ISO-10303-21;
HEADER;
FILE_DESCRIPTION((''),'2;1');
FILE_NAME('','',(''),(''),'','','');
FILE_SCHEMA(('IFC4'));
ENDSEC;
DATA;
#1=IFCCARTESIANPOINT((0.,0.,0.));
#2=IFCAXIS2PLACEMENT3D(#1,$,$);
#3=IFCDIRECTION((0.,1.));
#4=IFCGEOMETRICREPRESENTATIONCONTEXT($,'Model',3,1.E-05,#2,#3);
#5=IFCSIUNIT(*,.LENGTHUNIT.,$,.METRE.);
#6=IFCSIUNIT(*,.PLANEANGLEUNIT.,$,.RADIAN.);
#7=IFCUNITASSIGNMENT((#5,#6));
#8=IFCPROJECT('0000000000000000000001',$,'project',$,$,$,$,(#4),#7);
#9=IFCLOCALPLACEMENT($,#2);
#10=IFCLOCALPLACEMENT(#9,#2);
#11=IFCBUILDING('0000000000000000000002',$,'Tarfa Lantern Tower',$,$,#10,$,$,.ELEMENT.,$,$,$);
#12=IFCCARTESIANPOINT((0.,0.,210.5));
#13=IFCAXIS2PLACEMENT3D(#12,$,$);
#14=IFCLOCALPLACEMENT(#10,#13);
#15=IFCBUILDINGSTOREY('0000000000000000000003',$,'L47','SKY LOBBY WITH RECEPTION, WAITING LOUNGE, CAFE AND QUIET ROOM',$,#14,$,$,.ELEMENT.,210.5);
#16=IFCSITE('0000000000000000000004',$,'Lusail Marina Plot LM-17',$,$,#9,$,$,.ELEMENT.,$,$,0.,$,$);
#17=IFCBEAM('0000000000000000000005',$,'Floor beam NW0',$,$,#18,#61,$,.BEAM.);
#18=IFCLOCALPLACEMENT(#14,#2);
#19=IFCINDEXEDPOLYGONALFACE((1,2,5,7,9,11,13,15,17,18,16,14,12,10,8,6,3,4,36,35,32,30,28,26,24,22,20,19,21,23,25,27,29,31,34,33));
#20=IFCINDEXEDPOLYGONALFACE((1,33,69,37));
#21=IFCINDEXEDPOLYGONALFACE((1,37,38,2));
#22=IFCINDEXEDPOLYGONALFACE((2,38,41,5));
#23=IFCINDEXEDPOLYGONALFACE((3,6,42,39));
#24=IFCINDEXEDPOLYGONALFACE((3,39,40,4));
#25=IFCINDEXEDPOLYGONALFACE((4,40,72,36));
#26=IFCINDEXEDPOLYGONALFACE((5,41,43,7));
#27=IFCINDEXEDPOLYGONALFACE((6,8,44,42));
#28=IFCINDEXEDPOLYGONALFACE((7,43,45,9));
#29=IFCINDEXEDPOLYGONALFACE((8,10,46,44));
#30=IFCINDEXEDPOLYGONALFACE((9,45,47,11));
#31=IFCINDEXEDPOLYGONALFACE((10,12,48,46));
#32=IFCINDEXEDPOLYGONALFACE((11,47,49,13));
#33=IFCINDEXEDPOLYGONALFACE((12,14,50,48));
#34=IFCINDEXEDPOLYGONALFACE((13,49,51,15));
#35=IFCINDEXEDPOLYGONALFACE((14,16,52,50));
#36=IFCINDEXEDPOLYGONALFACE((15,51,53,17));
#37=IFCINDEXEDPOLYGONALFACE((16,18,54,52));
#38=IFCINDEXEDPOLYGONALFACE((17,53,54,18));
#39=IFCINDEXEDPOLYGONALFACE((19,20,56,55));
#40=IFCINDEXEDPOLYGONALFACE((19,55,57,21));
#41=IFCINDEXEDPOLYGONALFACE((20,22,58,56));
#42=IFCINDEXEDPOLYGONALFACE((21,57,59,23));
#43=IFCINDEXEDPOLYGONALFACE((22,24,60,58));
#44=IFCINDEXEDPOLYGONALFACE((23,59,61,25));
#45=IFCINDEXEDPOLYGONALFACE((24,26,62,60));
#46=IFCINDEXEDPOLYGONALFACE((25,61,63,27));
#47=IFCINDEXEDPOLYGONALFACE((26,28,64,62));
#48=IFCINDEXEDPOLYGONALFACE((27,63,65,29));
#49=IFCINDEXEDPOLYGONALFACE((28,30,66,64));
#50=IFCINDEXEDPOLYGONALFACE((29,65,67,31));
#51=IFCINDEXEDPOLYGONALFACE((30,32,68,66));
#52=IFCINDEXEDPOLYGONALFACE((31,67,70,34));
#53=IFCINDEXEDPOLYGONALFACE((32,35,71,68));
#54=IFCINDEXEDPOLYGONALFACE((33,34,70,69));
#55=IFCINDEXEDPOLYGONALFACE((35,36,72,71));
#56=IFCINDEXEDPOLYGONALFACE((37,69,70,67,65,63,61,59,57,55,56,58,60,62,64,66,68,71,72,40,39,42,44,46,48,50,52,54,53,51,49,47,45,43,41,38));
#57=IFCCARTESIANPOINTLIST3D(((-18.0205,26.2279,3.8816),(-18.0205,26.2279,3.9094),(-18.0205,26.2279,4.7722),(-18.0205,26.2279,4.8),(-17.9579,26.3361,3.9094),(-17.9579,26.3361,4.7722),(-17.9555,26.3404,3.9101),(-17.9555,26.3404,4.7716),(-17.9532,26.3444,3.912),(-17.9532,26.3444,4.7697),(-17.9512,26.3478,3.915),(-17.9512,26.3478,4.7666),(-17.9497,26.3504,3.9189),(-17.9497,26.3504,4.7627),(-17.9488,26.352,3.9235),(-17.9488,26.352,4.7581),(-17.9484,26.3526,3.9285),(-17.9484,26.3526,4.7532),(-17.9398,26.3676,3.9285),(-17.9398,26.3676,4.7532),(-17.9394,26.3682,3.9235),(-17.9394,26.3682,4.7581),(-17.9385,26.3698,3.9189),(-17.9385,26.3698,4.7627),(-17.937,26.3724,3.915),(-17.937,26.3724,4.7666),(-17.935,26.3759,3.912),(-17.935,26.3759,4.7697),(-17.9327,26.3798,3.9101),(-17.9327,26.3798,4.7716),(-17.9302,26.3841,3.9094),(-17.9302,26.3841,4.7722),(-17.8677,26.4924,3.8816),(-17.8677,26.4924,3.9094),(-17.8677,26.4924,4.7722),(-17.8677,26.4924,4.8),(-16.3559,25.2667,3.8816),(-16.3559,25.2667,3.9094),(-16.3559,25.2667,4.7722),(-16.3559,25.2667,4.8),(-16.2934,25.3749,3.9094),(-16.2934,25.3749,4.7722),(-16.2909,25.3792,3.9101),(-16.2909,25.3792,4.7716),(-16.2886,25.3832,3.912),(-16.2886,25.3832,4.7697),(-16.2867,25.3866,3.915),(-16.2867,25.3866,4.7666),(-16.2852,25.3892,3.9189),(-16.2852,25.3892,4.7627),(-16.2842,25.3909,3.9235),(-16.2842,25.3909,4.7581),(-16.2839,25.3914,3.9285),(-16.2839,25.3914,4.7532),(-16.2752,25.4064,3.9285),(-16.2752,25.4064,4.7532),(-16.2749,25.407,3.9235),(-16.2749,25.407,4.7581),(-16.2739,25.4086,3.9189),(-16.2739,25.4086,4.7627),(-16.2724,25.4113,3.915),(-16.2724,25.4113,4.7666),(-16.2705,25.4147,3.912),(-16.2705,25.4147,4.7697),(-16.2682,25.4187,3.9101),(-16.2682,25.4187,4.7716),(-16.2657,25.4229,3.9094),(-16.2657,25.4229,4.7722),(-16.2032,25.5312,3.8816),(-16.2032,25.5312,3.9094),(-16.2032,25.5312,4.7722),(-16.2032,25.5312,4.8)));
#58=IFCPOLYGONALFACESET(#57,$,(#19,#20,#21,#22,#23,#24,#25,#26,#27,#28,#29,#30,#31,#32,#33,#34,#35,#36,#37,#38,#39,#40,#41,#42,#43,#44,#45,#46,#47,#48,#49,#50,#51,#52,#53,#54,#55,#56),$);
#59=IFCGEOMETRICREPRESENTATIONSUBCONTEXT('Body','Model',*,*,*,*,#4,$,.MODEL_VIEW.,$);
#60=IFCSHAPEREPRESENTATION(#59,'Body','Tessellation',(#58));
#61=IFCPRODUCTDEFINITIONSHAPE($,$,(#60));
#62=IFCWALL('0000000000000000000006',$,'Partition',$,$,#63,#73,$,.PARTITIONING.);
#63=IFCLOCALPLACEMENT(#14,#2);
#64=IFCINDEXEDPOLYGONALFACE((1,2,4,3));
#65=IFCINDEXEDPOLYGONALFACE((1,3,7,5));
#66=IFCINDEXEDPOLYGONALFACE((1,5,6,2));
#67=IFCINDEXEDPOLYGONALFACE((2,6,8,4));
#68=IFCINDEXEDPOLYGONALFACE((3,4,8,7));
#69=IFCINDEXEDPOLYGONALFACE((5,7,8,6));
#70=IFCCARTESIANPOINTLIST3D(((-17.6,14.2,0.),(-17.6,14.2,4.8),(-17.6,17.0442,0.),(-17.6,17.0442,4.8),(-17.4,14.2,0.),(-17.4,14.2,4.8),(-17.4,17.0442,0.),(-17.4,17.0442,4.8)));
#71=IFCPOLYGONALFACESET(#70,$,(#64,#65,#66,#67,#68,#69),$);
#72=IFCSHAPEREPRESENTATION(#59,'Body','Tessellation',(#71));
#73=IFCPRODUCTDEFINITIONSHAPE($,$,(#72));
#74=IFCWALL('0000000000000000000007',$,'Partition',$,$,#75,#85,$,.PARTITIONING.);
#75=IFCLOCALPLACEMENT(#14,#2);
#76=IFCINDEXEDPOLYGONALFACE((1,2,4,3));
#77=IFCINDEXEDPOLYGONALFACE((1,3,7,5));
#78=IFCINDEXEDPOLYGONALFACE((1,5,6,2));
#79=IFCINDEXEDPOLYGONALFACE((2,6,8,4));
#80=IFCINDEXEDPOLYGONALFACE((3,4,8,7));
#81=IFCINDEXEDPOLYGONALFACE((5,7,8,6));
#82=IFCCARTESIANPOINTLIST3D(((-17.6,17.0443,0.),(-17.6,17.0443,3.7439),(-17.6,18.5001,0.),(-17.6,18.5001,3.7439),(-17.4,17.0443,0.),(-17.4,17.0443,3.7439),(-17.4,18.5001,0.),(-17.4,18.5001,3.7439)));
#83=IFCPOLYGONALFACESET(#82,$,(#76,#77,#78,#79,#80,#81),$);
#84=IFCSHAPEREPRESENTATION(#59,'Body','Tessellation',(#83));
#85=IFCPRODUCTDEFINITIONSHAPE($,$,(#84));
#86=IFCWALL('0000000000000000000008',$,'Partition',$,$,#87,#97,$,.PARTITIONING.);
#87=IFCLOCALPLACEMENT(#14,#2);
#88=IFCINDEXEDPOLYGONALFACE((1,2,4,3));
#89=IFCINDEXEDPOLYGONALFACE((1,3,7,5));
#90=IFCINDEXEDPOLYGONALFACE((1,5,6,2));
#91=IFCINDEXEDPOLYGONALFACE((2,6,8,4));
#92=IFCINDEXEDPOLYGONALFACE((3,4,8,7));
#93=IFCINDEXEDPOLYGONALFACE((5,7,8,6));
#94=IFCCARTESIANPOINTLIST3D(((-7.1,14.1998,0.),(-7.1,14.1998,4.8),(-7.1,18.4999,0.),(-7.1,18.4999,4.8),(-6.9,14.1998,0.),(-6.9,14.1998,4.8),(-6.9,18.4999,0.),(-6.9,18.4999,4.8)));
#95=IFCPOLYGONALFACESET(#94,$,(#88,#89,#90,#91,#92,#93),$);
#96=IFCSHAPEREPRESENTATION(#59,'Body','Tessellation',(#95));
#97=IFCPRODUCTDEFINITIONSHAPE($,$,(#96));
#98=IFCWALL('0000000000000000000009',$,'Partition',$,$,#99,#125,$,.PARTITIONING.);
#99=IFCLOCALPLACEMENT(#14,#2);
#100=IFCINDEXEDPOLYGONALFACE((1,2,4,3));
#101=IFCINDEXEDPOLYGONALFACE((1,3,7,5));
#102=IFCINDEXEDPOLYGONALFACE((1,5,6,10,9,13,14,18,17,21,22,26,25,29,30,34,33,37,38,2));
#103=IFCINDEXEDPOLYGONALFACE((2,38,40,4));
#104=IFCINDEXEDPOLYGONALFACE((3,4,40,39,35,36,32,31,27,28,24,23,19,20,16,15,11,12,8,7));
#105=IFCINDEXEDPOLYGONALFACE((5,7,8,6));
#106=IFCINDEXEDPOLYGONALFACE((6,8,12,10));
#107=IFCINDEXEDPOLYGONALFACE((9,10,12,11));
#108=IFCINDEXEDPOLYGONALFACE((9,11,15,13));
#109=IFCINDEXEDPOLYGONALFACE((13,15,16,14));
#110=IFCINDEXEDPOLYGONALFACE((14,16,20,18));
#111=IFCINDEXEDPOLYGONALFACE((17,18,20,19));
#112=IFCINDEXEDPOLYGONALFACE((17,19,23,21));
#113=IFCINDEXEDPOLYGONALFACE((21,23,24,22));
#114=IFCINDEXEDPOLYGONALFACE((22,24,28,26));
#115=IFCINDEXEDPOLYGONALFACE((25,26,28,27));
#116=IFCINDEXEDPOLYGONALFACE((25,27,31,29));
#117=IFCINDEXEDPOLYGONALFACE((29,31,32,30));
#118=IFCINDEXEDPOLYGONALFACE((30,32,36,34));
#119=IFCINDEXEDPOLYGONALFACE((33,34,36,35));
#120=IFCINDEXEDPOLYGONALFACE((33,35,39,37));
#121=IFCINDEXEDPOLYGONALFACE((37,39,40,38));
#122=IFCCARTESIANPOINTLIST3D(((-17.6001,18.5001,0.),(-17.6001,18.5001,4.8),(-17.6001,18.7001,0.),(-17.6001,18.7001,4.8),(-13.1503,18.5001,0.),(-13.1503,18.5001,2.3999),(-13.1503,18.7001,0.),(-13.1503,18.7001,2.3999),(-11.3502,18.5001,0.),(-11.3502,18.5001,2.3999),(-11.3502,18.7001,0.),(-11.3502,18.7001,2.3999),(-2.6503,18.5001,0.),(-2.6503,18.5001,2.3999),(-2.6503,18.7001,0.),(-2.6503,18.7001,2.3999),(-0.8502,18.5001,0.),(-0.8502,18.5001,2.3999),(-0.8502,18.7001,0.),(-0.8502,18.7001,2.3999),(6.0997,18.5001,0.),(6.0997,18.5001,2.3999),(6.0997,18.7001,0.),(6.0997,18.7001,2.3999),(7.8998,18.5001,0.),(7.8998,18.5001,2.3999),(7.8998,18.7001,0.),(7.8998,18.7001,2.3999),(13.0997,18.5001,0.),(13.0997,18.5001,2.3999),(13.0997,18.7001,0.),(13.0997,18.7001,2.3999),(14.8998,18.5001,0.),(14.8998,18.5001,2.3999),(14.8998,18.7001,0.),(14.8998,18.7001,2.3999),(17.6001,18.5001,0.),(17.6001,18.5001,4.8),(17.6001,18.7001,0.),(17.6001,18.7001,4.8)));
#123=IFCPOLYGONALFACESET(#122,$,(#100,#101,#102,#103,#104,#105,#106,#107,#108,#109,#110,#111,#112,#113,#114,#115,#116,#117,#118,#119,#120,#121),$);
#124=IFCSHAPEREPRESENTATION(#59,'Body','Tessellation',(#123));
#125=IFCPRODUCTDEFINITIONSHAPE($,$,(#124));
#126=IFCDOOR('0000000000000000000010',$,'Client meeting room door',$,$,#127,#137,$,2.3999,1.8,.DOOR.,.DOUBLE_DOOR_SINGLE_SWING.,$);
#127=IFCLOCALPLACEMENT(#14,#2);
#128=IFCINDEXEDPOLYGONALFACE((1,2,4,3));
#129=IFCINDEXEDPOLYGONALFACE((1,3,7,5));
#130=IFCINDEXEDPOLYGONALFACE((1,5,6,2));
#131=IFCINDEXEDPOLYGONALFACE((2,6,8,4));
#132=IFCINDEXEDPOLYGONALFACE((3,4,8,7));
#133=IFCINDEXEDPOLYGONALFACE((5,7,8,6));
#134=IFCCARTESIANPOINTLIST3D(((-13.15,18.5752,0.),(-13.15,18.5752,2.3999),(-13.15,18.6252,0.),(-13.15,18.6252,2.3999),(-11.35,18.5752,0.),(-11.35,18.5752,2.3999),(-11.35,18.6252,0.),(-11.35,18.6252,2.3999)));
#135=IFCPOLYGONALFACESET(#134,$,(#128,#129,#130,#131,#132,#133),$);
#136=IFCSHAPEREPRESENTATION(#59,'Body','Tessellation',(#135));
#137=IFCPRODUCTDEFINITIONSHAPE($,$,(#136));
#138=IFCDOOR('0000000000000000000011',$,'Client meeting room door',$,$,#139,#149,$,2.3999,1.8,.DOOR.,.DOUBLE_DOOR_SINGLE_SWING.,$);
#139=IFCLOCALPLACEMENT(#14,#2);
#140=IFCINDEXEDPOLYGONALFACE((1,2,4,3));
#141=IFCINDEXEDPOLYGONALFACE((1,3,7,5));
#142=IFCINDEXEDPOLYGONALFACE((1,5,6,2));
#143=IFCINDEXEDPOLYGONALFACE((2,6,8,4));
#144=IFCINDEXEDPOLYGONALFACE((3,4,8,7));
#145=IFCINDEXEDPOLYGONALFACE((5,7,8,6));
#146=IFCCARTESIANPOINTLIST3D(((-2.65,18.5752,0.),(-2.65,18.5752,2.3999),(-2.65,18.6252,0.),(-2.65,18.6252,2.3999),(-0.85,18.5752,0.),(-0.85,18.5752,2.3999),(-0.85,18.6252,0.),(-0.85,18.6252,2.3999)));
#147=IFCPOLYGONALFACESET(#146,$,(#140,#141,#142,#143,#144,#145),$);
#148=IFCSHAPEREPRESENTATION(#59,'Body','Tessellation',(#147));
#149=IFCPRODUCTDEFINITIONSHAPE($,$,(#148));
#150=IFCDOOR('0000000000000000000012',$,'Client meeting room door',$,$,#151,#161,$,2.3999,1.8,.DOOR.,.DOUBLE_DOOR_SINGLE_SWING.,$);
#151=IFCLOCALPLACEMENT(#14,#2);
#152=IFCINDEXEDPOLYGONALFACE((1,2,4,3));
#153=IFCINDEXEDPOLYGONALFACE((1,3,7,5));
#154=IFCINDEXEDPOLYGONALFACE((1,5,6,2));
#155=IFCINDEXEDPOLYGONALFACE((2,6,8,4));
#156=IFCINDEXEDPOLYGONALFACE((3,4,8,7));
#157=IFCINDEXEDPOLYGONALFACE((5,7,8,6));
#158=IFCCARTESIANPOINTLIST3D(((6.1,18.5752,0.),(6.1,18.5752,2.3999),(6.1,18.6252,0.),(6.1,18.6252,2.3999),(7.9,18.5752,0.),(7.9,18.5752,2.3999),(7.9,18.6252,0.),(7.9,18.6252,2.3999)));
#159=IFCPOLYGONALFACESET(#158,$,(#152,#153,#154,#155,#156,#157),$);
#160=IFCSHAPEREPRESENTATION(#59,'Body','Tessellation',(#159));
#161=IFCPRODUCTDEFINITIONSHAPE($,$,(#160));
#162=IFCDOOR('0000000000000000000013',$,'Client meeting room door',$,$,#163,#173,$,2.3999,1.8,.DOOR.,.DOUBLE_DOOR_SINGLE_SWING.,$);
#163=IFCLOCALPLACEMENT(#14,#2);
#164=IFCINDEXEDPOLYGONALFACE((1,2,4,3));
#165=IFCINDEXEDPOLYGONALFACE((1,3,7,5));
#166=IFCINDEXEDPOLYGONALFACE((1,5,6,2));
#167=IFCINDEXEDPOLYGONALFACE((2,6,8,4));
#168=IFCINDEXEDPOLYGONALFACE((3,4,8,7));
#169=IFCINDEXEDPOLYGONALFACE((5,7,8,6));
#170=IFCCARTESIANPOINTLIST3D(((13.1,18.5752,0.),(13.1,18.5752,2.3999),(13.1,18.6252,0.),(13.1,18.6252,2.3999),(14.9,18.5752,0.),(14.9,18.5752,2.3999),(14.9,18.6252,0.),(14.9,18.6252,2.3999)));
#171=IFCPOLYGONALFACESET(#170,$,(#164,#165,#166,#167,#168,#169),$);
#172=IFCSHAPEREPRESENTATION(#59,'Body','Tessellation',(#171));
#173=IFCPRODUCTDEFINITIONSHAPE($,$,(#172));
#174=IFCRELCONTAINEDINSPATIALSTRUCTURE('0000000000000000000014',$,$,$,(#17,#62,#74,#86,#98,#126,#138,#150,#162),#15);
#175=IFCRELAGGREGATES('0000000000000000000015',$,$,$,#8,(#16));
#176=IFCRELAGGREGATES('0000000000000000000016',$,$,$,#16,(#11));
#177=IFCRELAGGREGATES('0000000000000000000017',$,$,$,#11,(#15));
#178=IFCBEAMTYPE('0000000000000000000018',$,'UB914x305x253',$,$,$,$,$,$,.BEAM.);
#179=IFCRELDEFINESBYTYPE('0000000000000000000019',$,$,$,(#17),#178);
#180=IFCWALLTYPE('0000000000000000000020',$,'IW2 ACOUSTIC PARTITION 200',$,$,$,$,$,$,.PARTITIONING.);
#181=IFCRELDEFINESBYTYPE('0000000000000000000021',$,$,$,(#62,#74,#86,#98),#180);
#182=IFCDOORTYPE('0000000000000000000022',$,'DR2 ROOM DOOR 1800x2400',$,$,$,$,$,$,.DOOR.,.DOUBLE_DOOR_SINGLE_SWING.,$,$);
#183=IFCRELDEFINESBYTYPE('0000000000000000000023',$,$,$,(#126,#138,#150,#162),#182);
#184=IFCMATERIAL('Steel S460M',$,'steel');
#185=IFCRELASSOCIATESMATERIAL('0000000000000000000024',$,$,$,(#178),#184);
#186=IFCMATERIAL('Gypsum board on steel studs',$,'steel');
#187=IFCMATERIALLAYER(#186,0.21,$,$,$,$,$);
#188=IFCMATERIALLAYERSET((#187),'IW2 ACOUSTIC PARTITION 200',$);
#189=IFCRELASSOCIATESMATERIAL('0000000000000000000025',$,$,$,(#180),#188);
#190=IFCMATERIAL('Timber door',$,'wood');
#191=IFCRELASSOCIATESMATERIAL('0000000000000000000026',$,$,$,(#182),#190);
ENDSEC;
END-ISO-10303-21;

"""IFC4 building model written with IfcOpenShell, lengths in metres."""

from ifc_helpers import new_model, si_unit, direction, frame, frame_2d, origin, origin_2d, place, context, subcontext, project, spatial, rectangle, i_section, extrude, material, layer, layer_set, material_profile, profile_set, type_object, element, fill, save


model = new_model("IFC4")

# Units and contexts
model_context = context("Model", 3, precision=1e-05, world=origin(), true_north=direction((0.0, 1.0)))
body_context = subcontext(model_context, "Body", "Model", "MODEL_VIEW")
ifc_project = project(units=[si_unit("LENGTHUNIT", "METRE"), si_unit("PLANEANGLEUNIT", "RADIAN")], contexts=[model_context])

# Site, building, storey
site_placement = place(None, origin())
site = spatial("IfcSite", under=ifc_project, at=site_placement, Name="Lusail Marina Plot LM-17", CompositionType="ELEMENT", RefElevation=0.0)
building_placement = place(site_placement, origin())
building = spatial("IfcBuilding", under=site, at=building_placement, Name="Tarfa Lantern Tower", CompositionType="ELEMENT")
storey_placement = place(building_placement, frame((0.0, 0.0, 210.5)))
storey = spatial("IfcBuildingStorey", under=building, at=storey_placement, Name="L47", Description="SKY LOBBY WITH RECEPTION, WAITING LOUNGE, CAFE AND QUIET ROOM", CompositionType="ELEMENT", Elevation=210.5)

# Shared definitions
ifc_material_1 = material(Name="Steel S460M", Category="steel")

# Beam
ifc_material_profile_1 = material_profile(ifc_material_1, i_section(OverallWidth=0.3054, OverallDepth=0.9185, WebThickness=0.0173, FlangeThickness=0.0278, FilletRadius=0.019, at=origin_2d()), Name="UB914x305x253")
ifc_profile_set_1 = profile_set([ifc_material_profile_1], Name="Steel S460M")
beam_type_1 = type_object("IfcBeamType", Name="UB914x305x253", PredefinedType="BEAM", material=ifc_profile_set_1)
beam_1_placement = place(storey_placement, frame((-17.9441, 26.3601, 4.3408), z_axis=(0.865991, -0.50006, 0.0), x_axis=(0.50006, 0.865991, 0.0)))
element("IfcBeam", 1, at=beam_1_placement, inside=storey, type_object=beam_type_1, Name="Floor beam NW0", PredefinedType="BEAM", context=body_context, shape_type="SweptSolid", body=[
    extrude(i_section(OverallWidth=0.3054, OverallDepth=0.9185, WebThickness=0.0173, FlangeThickness=0.0278, FilletRadius=0.019, at=origin_2d()), origin(), (0.0, 0.0, 1.0), 1.9221),
])

# Walls
ifc_material_2 = material(Name="Gypsum board on steel studs", Category="steel")
ifc_layer = layer(ifc_material_2, 0.21)
ifc_layer_set = layer_set([ifc_layer], Name="IW2 ACOUSTIC PARTITION 200")
wall_type = type_object("IfcWallType", Name="IW2 ACOUSTIC PARTITION 200", PredefinedType="PARTITIONING", material=ifc_layer_set)
wall_1_placement = place(storey_placement, frame((-17.5, 14.2, 0.0), z_axis=(0.0, 0.0, 1.0), x_axis=(0.0, 1.0, 0.0)))
element("IfcWall", 2, at=wall_1_placement, inside=storey, type_object=wall_type, Name="Partition", PredefinedType="PARTITIONING", context=body_context, shape_type="SweptSolid", body=[
    extrude(rectangle(XDim=2.8442, YDim=0.2, at=frame_2d((1.4221, 0.0))), origin(), (0.0, 0.0, 1.0), 4.8),
])
wall_2_placement = place(storey_placement, frame((-17.5, 17.0442, 0.0), z_axis=(0.0, 0.0, 1.0), x_axis=(0.0, 1.0, 0.0)))
element("IfcWall", 3, at=wall_2_placement, inside=storey, type_object=wall_type, Name="Partition", PredefinedType="PARTITIONING", context=body_context, shape_type="SweptSolid", body=[
    extrude(rectangle(XDim=1.4558, YDim=0.2, at=frame_2d((0.728, 0.0))), origin(), (0.0, 0.0, 1.0), 3.7439),
])
wall_3_placement = place(storey_placement, frame((-7.0, 14.2, 0.0), z_axis=(0.0, 0.0, 1.0), x_axis=(0.0, 1.0, 0.0)))
element("IfcWall", 4, at=wall_3_placement, inside=storey, type_object=wall_type, Name="Partition", PredefinedType="PARTITIONING", context=body_context, shape_type="SweptSolid", body=[
    extrude(rectangle(XDim=4.3, YDim=0.2, at=frame_2d((2.1499, 0.0))), origin(), (0.0, 0.0, 1.0), 4.8),
])

# Wall, openings, doors
wall_4_placement = place(storey_placement, frame((-17.6001, 18.6001, 0.0), z_axis=(0.0, 0.0, 1.0), x_axis=(1.0, 0.0, 0.0)))
wall_4 = element("IfcWall", 5, at=wall_4_placement, inside=storey, type_object=wall_type, Name="Partition", PredefinedType="PARTITIONING", context=body_context, shape_type="SweptSolid", body=[
    extrude(rectangle(XDim=35.2002, YDim=0.2, at=frame_2d((17.6001, 0.0))), origin(), (0.0, 0.0, 1.0), 4.8),
])
opening_1_placement = place(wall_4_placement, frame((4.45, 0.0, 0.0)))
opening_1 = element("IfcOpeningElement", 6, at=opening_1_placement, cuts=wall_4, PredefinedType="OPENING", context=body_context, shape_type="SweptSolid", body=[
    extrude(rectangle(XDim=1.8, YDim=2.3999, at=frame_2d((0.8999, 1.2))), frame((0.0, 0.1099, 0.0), z_axis=(0.0, -1.0, 0.0), x_axis=(1.0, 0.0, 0.0)), (0.0, 0.0, 1.0), 0.22),
])
opening_2_placement = place(wall_4_placement, frame((14.95, 0.0, 0.0)))
opening_2 = element("IfcOpeningElement", 7, at=opening_2_placement, cuts=wall_4, PredefinedType="OPENING", context=body_context, shape_type="SweptSolid", body=[
    extrude(rectangle(XDim=1.8, YDim=2.3999, at=frame_2d((0.8999, 1.2))), frame((0.0, 0.1099, 0.0), z_axis=(0.0, -1.0, 0.0), x_axis=(1.0, 0.0, 0.0)), (0.0, 0.0, 1.0), 0.22),
])
opening_3_placement = place(wall_4_placement, frame((23.7, 0.0, 0.0)))
opening_3 = element("IfcOpeningElement", 8, at=opening_3_placement, cuts=wall_4, PredefinedType="OPENING", context=body_context, shape_type="SweptSolid", body=[
    extrude(rectangle(XDim=1.8, YDim=2.3999, at=frame_2d((0.8999, 1.2))), frame((0.0, 0.1099, 0.0), z_axis=(0.0, -1.0, 0.0), x_axis=(1.0, 0.0, 0.0)), (0.0, 0.0, 1.0), 0.22),
])
opening_4_placement = place(wall_4_placement, frame((30.7, 0.0, 0.0)))
opening_4 = element("IfcOpeningElement", 9, at=opening_4_placement, cuts=wall_4, PredefinedType="OPENING", context=body_context, shape_type="SweptSolid", body=[
    extrude(rectangle(XDim=1.8, YDim=2.3999, at=frame_2d((0.8999, 1.2))), frame((0.0, 0.1099, 0.0), z_axis=(0.0, -1.0, 0.0), x_axis=(1.0, 0.0, 0.0)), (0.0, 0.0, 1.0), 0.22),
])
ifc_material_3 = material(Name="Timber door", Category="wood")
door_type = type_object("IfcDoorType", Name="DR2 ROOM DOOR 1800x2400", OperationType="DOUBLE_DOOR_SINGLE_SWING", PredefinedType="DOOR", material=ifc_material_3)
door_1_placement = place(opening_1_placement, frame((1.8, 0.0, 0.0), z_axis=(0.0, 0.0, 1.0), x_axis=(-1.0, 0.0, 0.0)))
door_1 = element("IfcDoor", 10, at=door_1_placement, inside=storey, type_object=door_type, Name="Client meeting room door", OperationType="DOUBLE_DOOR_SINGLE_SWING", OverallHeight=2.3999, OverallWidth=1.8, PredefinedType="DOOR", context=body_context, shape_type="SweptSolid", body=[
    extrude(rectangle(XDim=1.8, YDim=2.3999, at=frame_2d((0.8999, 1.2))), frame((0.0, 0.0249, 0.0), z_axis=(0.0, -1.0, 0.0), x_axis=(1.0, 0.0, 0.0)), (0.0, 0.0, 1.0), 0.05),
])
fill(opening_1, door_1)
door_2_placement = place(opening_2_placement, frame((1.8, 0.0, 0.0), z_axis=(0.0, 0.0, 1.0), x_axis=(-1.0, 0.0, 0.0)))
door_2 = element("IfcDoor", 11, at=door_2_placement, inside=storey, type_object=door_type, Name="Client meeting room door", OperationType="DOUBLE_DOOR_SINGLE_SWING", OverallHeight=2.3999, OverallWidth=1.8, PredefinedType="DOOR", context=body_context, shape_type="SweptSolid", body=[
    extrude(rectangle(XDim=1.8, YDim=2.3999, at=frame_2d((0.8999, 1.2))), frame((0.0, 0.0249, 0.0), z_axis=(0.0, -1.0, 0.0), x_axis=(1.0, 0.0, 0.0)), (0.0, 0.0, 1.0), 0.05),
])
fill(opening_2, door_2)
door_3_placement = place(opening_3_placement, frame((1.8, 0.0, 0.0), z_axis=(0.0, 0.0, 1.0), x_axis=(-1.0, 0.0, 0.0)))
door_3 = element("IfcDoor", 12, at=door_3_placement, inside=storey, type_object=door_type, Name="Client meeting room door", OperationType="DOUBLE_DOOR_SINGLE_SWING", OverallHeight=2.3999, OverallWidth=1.8, PredefinedType="DOOR", context=body_context, shape_type="SweptSolid", body=[
    extrude(rectangle(XDim=1.8, YDim=2.3999, at=frame_2d((0.8999, 1.2))), frame((0.0, 0.0249, 0.0), z_axis=(0.0, -1.0, 0.0), x_axis=(1.0, 0.0, 0.0)), (0.0, 0.0, 1.0), 0.05),
])
fill(opening_3, door_3)
door_4_placement = place(opening_4_placement, frame((1.8, 0.0, 0.0), z_axis=(0.0, 0.0, 1.0), x_axis=(-1.0, 0.0, 0.0)))
door_4 = element("IfcDoor", 13, at=door_4_placement, inside=storey, type_object=door_type, Name="Client meeting room door", OperationType="DOUBLE_DOOR_SINGLE_SWING", OverallHeight=2.3999, OverallWidth=1.8, PredefinedType="DOOR", context=body_context, shape_type="SweptSolid", body=[
    extrude(rectangle(XDim=1.8, YDim=2.3999, at=frame_2d((0.8999, 1.2))), frame((0.0, 0.0249, 0.0), z_axis=(0.0, -1.0, 0.0), x_axis=(1.0, 0.0, 0.0)), (0.0, 0.0, 1.0), 0.05),
])
fill(opening_4, door_4)

save(model, "model.ifc")
